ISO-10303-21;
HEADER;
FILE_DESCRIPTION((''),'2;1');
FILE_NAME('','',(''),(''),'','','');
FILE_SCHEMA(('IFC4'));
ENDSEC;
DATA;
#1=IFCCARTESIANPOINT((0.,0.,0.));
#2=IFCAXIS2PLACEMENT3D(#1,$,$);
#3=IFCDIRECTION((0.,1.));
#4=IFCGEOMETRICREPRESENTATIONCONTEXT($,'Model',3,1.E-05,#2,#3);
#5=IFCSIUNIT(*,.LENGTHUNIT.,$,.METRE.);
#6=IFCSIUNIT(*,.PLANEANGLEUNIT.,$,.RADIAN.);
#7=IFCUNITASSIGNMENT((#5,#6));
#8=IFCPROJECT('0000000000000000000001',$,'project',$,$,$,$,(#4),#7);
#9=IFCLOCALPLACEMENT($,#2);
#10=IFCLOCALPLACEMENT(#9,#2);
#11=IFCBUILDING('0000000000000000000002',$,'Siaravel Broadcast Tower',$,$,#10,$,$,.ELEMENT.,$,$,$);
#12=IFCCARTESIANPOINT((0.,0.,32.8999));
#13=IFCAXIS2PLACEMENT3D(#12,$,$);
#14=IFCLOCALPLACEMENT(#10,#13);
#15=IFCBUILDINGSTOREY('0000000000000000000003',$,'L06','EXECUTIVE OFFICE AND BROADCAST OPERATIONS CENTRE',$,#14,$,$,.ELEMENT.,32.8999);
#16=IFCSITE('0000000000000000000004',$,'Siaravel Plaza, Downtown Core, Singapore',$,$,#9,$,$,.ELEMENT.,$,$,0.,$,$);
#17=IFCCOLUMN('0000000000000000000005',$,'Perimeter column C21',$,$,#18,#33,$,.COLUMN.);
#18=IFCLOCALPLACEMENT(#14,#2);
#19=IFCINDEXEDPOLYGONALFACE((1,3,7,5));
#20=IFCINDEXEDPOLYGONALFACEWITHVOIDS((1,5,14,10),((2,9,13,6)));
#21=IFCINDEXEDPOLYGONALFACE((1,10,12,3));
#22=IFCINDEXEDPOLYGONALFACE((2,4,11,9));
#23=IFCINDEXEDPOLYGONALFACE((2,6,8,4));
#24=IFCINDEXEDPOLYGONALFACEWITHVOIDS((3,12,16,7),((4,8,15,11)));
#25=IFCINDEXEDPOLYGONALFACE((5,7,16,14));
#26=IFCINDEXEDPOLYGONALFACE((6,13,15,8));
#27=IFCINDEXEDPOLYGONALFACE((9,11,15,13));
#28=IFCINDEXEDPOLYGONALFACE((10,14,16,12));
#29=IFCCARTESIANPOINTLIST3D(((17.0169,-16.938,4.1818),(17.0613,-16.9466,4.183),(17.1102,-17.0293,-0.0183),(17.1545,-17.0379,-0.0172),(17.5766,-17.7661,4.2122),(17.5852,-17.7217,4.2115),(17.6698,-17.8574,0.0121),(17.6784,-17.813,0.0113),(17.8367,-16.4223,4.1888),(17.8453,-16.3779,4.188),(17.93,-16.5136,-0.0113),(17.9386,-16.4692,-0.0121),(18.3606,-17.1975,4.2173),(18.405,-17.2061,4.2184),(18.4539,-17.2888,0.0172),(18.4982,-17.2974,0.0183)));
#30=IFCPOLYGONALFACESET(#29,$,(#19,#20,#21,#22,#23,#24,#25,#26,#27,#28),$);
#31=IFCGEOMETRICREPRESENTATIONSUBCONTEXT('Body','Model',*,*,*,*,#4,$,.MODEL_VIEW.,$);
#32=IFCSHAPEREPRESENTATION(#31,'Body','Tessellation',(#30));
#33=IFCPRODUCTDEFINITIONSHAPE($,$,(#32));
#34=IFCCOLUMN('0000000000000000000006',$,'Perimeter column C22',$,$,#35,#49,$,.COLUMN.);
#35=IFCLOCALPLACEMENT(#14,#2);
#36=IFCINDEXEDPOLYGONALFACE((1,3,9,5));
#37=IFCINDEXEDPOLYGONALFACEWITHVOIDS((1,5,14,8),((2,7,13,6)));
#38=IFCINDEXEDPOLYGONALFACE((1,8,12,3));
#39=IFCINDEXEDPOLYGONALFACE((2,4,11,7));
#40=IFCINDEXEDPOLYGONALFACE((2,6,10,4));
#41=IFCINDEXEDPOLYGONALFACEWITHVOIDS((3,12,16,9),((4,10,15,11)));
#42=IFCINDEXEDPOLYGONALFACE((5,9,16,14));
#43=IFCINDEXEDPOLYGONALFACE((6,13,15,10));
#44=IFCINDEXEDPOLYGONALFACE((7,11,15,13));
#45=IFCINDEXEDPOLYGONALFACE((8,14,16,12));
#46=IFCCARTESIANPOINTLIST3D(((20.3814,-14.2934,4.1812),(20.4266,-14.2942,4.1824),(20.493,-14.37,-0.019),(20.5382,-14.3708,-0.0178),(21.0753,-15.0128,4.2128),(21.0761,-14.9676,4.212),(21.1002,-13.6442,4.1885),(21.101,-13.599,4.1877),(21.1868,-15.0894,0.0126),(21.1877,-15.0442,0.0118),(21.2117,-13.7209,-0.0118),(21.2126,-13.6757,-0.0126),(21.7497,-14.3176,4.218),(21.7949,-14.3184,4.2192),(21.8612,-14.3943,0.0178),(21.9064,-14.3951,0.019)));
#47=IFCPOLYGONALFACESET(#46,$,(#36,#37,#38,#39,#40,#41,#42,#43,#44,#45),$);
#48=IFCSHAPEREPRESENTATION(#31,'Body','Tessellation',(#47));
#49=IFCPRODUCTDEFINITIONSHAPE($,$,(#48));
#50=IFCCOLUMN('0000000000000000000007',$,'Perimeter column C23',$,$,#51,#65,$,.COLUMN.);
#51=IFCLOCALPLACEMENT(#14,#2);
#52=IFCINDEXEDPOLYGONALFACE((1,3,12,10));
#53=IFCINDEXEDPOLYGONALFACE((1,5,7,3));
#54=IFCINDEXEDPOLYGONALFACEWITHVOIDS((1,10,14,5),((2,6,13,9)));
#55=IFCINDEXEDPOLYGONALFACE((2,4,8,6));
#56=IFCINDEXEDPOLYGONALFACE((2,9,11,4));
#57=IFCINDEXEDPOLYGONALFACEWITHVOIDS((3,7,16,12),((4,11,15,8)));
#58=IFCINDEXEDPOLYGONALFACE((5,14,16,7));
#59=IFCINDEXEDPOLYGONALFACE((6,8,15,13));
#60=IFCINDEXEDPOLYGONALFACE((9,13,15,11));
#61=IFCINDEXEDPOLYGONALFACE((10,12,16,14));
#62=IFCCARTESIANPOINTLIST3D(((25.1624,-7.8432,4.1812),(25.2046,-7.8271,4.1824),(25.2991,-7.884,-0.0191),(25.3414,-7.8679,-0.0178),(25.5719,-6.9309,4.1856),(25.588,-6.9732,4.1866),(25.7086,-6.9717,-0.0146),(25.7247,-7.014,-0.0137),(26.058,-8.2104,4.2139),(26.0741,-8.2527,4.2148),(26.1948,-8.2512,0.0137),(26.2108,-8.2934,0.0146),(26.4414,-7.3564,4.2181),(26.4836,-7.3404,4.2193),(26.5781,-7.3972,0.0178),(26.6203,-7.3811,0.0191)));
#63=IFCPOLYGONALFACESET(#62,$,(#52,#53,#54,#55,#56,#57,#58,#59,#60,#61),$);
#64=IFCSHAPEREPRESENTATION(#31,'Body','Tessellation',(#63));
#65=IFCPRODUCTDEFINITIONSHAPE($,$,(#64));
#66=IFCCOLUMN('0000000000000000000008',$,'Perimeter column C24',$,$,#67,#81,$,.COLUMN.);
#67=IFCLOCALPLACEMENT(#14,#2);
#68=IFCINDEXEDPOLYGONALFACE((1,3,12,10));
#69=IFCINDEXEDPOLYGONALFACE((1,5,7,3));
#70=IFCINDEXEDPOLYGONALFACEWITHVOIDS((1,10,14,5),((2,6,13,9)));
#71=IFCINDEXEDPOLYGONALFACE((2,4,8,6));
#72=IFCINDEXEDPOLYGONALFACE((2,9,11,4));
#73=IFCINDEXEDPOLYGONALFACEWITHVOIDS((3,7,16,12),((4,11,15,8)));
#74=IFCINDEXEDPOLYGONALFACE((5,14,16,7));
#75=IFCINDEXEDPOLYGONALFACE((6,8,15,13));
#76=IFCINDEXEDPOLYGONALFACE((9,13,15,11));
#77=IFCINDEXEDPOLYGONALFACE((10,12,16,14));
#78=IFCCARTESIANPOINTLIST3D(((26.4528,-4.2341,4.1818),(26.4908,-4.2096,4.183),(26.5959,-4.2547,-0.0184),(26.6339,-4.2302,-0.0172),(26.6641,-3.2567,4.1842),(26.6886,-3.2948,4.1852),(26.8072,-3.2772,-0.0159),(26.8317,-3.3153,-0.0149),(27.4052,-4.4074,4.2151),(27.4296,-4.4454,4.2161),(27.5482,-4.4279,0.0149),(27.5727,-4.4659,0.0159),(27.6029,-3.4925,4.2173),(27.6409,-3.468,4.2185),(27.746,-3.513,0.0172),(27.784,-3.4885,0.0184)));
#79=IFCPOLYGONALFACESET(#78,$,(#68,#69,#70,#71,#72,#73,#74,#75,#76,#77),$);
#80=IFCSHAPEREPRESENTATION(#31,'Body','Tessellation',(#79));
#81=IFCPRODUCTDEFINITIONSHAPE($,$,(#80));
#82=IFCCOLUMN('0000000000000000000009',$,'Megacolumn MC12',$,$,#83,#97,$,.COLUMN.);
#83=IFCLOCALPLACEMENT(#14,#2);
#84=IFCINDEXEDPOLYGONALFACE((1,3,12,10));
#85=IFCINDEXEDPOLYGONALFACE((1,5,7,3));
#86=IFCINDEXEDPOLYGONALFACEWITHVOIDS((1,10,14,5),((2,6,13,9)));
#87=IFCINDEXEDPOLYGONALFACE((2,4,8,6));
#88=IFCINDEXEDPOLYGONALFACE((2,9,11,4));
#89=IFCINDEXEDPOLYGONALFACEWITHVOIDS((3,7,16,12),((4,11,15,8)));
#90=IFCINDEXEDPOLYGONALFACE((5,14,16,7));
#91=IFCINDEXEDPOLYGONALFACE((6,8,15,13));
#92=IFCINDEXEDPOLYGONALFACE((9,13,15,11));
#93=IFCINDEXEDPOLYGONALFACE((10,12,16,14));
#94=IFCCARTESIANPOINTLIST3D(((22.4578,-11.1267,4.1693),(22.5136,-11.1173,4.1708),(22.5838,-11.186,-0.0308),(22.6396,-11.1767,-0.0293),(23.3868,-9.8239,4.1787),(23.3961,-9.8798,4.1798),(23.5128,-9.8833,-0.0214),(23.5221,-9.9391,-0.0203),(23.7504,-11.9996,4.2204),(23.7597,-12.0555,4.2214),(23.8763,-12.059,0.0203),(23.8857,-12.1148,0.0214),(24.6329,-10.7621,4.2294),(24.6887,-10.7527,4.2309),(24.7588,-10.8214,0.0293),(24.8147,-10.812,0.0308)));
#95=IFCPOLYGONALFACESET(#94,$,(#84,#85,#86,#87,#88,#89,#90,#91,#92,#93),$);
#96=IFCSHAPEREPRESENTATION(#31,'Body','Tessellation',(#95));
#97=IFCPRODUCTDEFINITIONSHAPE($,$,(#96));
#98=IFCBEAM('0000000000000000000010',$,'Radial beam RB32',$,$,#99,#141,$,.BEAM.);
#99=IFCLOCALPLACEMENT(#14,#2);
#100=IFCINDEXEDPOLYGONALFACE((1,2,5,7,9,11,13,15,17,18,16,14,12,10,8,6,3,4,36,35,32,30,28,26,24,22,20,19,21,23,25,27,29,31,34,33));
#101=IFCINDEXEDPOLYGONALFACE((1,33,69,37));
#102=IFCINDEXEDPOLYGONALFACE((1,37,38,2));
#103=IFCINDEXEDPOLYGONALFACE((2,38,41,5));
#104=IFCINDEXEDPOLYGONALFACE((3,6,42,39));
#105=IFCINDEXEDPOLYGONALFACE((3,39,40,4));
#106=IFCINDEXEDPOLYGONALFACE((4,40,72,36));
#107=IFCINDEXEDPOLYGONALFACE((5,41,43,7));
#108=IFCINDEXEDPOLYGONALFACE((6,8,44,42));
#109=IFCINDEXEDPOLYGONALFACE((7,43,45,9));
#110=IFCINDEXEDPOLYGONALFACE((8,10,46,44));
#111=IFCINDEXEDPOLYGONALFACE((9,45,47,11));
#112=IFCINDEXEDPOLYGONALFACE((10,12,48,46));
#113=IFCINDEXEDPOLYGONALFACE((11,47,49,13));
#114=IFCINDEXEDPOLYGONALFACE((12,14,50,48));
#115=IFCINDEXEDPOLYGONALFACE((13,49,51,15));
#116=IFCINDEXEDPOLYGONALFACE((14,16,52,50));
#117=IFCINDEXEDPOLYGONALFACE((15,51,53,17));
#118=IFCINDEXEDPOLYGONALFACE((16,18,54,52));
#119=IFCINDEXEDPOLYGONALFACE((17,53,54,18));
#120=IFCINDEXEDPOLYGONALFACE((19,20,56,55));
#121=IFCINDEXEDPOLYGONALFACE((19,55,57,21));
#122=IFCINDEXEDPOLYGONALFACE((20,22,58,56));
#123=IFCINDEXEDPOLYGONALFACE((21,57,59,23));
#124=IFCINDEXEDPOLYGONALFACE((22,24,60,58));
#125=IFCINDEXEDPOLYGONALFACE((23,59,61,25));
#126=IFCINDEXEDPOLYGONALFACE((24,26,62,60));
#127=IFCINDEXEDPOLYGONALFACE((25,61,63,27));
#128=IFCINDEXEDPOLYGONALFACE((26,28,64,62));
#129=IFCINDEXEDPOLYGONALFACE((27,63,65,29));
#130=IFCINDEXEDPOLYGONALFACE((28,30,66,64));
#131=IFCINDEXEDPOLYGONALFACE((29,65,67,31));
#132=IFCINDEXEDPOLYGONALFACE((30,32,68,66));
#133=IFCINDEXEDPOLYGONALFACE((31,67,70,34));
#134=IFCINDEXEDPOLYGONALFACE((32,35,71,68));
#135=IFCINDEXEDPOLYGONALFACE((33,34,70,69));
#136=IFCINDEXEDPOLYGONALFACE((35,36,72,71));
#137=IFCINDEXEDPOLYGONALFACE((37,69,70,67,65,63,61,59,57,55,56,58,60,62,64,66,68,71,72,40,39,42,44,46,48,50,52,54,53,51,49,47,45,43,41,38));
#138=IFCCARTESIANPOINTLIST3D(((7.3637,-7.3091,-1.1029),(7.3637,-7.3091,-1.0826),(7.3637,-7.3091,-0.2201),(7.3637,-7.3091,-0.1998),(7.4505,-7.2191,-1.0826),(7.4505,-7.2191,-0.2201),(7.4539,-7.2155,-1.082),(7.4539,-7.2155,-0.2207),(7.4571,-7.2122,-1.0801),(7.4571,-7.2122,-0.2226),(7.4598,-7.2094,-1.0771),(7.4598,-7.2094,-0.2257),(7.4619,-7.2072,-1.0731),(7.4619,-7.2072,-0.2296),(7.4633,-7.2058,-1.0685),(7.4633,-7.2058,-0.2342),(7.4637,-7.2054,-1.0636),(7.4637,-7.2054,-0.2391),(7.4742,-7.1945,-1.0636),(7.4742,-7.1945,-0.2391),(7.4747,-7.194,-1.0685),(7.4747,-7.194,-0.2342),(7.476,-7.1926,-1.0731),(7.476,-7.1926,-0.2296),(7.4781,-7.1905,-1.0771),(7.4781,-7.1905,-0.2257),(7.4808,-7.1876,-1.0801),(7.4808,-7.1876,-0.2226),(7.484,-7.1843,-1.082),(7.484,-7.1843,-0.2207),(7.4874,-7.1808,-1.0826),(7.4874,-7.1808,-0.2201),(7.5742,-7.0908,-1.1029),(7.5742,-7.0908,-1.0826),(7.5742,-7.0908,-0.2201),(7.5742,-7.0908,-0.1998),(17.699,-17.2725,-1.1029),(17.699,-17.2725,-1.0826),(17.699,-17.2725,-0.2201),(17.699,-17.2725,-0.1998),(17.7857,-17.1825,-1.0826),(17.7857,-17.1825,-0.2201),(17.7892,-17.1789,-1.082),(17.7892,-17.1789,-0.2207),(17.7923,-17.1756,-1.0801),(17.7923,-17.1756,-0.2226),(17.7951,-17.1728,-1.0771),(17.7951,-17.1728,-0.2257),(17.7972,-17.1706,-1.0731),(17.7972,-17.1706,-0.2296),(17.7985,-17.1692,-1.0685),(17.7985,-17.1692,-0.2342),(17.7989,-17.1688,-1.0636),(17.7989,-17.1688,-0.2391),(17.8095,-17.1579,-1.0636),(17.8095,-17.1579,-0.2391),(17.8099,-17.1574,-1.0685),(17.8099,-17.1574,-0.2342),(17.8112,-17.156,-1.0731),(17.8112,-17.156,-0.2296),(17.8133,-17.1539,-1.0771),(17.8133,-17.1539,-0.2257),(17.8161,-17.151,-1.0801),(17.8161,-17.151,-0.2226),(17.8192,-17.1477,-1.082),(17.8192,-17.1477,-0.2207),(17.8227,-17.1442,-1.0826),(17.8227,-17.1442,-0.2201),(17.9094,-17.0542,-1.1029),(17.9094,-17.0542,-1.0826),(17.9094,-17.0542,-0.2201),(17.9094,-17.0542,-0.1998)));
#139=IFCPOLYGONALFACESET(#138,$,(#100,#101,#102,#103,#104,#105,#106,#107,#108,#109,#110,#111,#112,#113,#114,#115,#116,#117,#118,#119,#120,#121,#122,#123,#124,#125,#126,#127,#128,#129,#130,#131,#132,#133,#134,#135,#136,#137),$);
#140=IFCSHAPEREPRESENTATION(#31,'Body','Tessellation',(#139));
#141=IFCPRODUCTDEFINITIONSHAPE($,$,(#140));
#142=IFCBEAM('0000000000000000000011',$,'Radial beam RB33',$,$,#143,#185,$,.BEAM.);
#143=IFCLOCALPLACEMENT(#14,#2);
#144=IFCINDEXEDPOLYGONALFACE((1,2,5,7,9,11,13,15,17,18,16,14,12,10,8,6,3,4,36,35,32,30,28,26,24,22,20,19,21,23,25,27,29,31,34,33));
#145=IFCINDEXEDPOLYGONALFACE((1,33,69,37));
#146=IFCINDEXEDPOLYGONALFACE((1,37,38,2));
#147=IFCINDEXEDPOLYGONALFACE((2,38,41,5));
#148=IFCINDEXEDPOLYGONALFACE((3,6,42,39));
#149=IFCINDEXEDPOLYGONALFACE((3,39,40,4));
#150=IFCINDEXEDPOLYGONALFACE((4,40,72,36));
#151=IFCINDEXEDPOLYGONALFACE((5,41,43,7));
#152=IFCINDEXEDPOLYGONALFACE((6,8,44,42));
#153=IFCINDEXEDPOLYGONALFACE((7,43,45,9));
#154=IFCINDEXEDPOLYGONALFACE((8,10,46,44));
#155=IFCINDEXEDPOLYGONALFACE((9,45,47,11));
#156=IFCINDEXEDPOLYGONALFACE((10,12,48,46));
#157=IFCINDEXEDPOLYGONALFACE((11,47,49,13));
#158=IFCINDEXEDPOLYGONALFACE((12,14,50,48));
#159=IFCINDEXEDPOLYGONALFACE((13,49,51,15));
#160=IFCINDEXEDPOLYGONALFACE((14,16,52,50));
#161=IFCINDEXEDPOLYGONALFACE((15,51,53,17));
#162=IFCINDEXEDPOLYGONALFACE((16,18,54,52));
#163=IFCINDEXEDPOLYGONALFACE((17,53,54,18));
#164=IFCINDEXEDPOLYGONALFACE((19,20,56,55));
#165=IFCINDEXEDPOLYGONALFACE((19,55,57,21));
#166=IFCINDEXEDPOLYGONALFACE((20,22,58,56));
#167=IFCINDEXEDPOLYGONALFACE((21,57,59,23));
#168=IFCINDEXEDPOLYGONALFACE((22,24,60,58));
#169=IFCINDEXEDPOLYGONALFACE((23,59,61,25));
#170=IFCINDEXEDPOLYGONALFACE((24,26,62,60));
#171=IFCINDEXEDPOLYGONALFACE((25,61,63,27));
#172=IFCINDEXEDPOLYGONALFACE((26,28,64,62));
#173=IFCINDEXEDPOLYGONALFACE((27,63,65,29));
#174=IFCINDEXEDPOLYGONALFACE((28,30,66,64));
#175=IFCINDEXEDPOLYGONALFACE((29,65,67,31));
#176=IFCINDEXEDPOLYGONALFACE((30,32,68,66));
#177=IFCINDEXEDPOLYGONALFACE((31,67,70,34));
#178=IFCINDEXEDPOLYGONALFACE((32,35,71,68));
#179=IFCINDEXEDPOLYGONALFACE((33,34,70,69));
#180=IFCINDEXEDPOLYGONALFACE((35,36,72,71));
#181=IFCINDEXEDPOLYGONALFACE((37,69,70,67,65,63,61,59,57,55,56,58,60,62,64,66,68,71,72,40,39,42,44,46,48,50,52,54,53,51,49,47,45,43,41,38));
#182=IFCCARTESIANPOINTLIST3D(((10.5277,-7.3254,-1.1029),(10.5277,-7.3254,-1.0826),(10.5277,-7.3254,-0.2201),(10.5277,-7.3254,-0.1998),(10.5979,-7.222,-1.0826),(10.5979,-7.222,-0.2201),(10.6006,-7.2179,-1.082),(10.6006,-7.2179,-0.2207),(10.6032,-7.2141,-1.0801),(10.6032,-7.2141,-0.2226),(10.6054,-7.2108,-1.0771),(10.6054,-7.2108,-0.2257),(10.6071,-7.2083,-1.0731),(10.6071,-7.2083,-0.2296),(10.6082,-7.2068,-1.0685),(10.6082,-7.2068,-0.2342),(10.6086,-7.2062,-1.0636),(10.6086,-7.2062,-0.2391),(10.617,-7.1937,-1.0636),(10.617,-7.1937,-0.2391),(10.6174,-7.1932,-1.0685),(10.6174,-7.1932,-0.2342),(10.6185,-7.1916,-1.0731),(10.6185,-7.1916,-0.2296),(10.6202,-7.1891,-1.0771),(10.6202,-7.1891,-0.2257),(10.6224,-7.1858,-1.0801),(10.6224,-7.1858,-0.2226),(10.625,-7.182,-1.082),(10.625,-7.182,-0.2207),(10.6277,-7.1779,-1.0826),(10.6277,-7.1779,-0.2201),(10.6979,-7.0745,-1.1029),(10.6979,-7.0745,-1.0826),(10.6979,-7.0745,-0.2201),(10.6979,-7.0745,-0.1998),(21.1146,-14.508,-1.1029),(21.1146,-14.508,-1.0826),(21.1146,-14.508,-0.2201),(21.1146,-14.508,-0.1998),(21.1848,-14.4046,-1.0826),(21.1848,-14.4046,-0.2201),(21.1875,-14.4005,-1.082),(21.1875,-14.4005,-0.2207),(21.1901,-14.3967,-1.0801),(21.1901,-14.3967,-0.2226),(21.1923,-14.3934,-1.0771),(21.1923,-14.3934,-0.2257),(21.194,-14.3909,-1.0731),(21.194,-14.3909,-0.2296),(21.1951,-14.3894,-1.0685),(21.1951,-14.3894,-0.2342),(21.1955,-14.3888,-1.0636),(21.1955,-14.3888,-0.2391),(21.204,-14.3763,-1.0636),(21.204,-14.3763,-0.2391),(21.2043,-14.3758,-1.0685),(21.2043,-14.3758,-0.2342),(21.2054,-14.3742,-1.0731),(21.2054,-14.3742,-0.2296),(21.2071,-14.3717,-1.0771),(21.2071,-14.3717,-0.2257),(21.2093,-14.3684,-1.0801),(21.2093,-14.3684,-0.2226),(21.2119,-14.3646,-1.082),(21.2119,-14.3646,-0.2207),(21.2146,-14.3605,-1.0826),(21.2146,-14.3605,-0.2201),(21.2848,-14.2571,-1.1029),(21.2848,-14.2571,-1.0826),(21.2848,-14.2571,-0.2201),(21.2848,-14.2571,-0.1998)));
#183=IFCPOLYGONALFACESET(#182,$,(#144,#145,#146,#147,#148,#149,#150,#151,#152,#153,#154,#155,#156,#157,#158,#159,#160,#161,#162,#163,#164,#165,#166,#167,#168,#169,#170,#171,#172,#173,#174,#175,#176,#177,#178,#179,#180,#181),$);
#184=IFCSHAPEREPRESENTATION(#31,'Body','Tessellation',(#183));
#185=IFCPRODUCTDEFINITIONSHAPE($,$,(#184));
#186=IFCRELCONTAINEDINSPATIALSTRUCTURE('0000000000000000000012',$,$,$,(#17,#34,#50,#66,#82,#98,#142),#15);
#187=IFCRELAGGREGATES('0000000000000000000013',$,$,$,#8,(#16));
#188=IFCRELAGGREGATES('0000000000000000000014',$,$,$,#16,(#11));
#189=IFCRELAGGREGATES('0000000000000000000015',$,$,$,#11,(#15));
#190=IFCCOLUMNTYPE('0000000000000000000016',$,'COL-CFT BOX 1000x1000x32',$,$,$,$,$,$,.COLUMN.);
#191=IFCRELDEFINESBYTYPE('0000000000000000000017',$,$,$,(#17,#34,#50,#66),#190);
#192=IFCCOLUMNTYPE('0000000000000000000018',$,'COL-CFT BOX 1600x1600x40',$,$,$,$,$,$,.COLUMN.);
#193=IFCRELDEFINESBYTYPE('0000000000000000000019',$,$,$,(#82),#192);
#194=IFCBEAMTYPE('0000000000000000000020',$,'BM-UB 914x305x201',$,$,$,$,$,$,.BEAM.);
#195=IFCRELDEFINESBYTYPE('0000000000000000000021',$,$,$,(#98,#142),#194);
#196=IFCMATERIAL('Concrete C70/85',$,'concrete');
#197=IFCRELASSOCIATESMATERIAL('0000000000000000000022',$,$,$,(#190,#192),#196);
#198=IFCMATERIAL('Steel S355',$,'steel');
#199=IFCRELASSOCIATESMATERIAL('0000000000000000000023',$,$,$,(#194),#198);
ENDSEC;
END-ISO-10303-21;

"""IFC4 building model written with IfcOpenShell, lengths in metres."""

from ifc_helpers import new_model, si_unit, direction, frame, origin, origin_2d, place, context, subcontext, project, spatial, hollow_rectangle, i_section, extrude, material, material_profile, profile_set, type_object, element, save


model = new_model("IFC4")

# Units and contexts
model_context = context("Model", 3, precision=1e-05, world=origin(), true_north=direction((0.0, 1.0)))
body_context = subcontext(model_context, "Body", "Model", "MODEL_VIEW")
ifc_project = project(units=[si_unit("LENGTHUNIT", "METRE"), si_unit("PLANEANGLEUNIT", "RADIAN")], contexts=[model_context])

# Site, building, storey
site_placement = place(None, origin())
site = spatial("IfcSite", under=ifc_project, at=site_placement, Name="Siaravel Plaza, Downtown Core, Singapore", CompositionType="ELEMENT", RefElevation=0.0)
building_placement = place(site_placement, origin())
building = spatial("IfcBuilding", under=site, at=building_placement, Name="Siaravel Broadcast Tower", CompositionType="ELEMENT")
storey_placement = place(building_placement, frame((0.0, 0.0, 32.8999)))
storey = spatial("IfcBuildingStorey", under=building, at=storey_placement, Name="L06", Description="EXECUTIVE OFFICE AND BROADCAST OPERATIONS CENTRE", CompositionType="ELEMENT", Elevation=32.8999)

# Columns
ifc_material_1 = material(Name="Concrete C70/85", Category="concrete")
ifc_material_profile_1 = material_profile(ifc_material_1, hollow_rectangle(XDim=1.0, YDim=1.0, WallThickness=0.032, at=origin_2d()))
ifc_profile_set_1 = profile_set([ifc_material_profile_1], Name="Concrete C70/85")
column_type_1 = type_object("IfcColumnType", Name="COL-CFT BOX 1000x1000x32", PredefinedType="COLUMN", material=ifc_profile_set_1)
column_1_placement = place(storey_placement, frame((17.8042, -17.1633, 0.0), z_axis=(-0.022193, 0.021729, 0.999518), x_axis=(-0.828409, -0.560089, -0.006218)))
element("IfcColumn", 1, at=column_1_placement, inside=storey, type_object=column_type_1, Name="Perimeter column C21", PredefinedType="COLUMN", context=body_context, shape_type="SweptSolid", body=[
    extrude(hollow_rectangle(XDim=1.0, YDim=1.0, WallThickness=0.032, at=origin_2d()), origin(), (0.0, 0.0, 1.0), 4.2021),
])
column_2_placement = place(storey_placement, frame((21.1997, -14.3826, 0.0), z_axis=(-0.02655, 0.018242, 0.999481), x_axis=(-0.7196, -0.694359, -0.006442)))
element("IfcColumn", 2, at=column_2_placement, inside=storey, type_object=column_type_1, Name="Perimeter column C22", PredefinedType="COLUMN", context=body_context, shape_type="SweptSolid", body=[
    extrude(hollow_rectangle(XDim=1.0, YDim=1.0, WallThickness=0.032, at=origin_2d()), origin(), (0.0, 0.0, 1.0), 4.2024),
])
for number, where, z_axis, x_axis, name in (
    (3, (25.9597, -7.6326, 0.0), (-0.032532, 0.009701, 0.999424), (-0.409521, -0.91229, -0.004475), "Perimeter column C23"),
    (4, (27.1899, -3.8716, 0.0), (-0.034042, 0.00488, 0.999409), (-0.211309, -0.977416, -0.002425), "Perimeter column C24"),
):
    element("IfcColumn", number, at=place(storey_placement, frame(where, z_axis=z_axis, x_axis=x_axis)), inside=storey, type_object=column_type_1, Name=name, PredefinedType="COLUMN", context=body_context, shape_type="SweptSolid", body=[
        extrude(hollow_rectangle(XDim=1.0, YDim=1.0, WallThickness=0.032, at=origin_2d()), origin(), (0.0, 0.0, 1.0), 4.2026),
    ])
ifc_material_profile_2 = material_profile(ifc_material_1, hollow_rectangle(XDim=1.6001, YDim=1.6001, WallThickness=0.04, at=origin_2d()))
ifc_profile_set_2 = profile_set([ifc_material_profile_2], Name="Concrete C70/85")
column_type_2 = type_object("IfcColumnType", Name="COL-CFT BOX 1600x1600x40", PredefinedType="COLUMN", material=ifc_profile_set_2)
column_3_placement = place(storey_placement, frame((23.6992, -10.999, 0.0), z_axis=(-0.029977, 0.014117, 0.999451), x_axis=(-0.580588, -0.814176, -0.005914)))
element("IfcColumn", 5, at=column_3_placement, inside=storey, type_object=column_type_2, Name="Megacolumn MC12", PredefinedType="COLUMN", context=body_context, shape_type="SweptSolid", body=[
    extrude(hollow_rectangle(XDim=1.6001, YDim=1.6001, WallThickness=0.04, at=origin_2d()), origin(), (0.0, 0.0, 1.0), 4.2024),
])

# Beams
ifc_material_2 = material(Name="Steel S355", Category="steel")
ifc_material_profile_3 = material_profile(ifc_material_2, i_section(OverallWidth=0.3032, OverallDepth=0.9031, WebThickness=0.0151, FlangeThickness=0.0203, FilletRadius=0.019, at=origin_2d()))
ifc_profile_set_3 = profile_set([ifc_material_profile_3], Name="Steel S355")
beam_type = type_object("IfcBeamType", Name="BM-UB 914x305x201", PredefinedType="BEAM", material=ifc_profile_set_3)
beam_1_placement = place(storey_placement, frame((17.8042, -17.1633, -0.6514), z_axis=(-0.719939, 0.694038, 0.0), x_axis=(-0.694038, -0.719939, 0.0)))
element("IfcBeam", 6, at=beam_1_placement, inside=storey, type_object=beam_type, Name="Radial beam RB32", PredefinedType="BEAM", context=body_context, shape_type="SweptSolid", body=[
    extrude(i_section(OverallWidth=0.3032, OverallDepth=0.9031, WebThickness=0.0151, FlangeThickness=0.0203, FilletRadius=0.019, at=origin_2d()), origin(), (0.0, 0.0, 1.0), 14.3557),
])
beam_2_placement = place(storey_placement, frame((21.1997, -14.3826, -0.6514), z_axis=(-0.827525, 0.561429, 0.0), x_axis=(-0.561429, -0.827525, 0.0)))
element("IfcBeam", 7, at=beam_2_placement, inside=storey, type_object=beam_type, Name="Radial beam RB33", PredefinedType="BEAM", context=body_context, shape_type="SweptSolid", body=[
    extrude(i_section(OverallWidth=0.3032, OverallDepth=0.9031, WebThickness=0.0151, FlangeThickness=0.0203, FilletRadius=0.019, at=origin_2d()), origin(), (0.0, 0.0, 1.0), 12.7935),
])

save(model, "model.ifc")
